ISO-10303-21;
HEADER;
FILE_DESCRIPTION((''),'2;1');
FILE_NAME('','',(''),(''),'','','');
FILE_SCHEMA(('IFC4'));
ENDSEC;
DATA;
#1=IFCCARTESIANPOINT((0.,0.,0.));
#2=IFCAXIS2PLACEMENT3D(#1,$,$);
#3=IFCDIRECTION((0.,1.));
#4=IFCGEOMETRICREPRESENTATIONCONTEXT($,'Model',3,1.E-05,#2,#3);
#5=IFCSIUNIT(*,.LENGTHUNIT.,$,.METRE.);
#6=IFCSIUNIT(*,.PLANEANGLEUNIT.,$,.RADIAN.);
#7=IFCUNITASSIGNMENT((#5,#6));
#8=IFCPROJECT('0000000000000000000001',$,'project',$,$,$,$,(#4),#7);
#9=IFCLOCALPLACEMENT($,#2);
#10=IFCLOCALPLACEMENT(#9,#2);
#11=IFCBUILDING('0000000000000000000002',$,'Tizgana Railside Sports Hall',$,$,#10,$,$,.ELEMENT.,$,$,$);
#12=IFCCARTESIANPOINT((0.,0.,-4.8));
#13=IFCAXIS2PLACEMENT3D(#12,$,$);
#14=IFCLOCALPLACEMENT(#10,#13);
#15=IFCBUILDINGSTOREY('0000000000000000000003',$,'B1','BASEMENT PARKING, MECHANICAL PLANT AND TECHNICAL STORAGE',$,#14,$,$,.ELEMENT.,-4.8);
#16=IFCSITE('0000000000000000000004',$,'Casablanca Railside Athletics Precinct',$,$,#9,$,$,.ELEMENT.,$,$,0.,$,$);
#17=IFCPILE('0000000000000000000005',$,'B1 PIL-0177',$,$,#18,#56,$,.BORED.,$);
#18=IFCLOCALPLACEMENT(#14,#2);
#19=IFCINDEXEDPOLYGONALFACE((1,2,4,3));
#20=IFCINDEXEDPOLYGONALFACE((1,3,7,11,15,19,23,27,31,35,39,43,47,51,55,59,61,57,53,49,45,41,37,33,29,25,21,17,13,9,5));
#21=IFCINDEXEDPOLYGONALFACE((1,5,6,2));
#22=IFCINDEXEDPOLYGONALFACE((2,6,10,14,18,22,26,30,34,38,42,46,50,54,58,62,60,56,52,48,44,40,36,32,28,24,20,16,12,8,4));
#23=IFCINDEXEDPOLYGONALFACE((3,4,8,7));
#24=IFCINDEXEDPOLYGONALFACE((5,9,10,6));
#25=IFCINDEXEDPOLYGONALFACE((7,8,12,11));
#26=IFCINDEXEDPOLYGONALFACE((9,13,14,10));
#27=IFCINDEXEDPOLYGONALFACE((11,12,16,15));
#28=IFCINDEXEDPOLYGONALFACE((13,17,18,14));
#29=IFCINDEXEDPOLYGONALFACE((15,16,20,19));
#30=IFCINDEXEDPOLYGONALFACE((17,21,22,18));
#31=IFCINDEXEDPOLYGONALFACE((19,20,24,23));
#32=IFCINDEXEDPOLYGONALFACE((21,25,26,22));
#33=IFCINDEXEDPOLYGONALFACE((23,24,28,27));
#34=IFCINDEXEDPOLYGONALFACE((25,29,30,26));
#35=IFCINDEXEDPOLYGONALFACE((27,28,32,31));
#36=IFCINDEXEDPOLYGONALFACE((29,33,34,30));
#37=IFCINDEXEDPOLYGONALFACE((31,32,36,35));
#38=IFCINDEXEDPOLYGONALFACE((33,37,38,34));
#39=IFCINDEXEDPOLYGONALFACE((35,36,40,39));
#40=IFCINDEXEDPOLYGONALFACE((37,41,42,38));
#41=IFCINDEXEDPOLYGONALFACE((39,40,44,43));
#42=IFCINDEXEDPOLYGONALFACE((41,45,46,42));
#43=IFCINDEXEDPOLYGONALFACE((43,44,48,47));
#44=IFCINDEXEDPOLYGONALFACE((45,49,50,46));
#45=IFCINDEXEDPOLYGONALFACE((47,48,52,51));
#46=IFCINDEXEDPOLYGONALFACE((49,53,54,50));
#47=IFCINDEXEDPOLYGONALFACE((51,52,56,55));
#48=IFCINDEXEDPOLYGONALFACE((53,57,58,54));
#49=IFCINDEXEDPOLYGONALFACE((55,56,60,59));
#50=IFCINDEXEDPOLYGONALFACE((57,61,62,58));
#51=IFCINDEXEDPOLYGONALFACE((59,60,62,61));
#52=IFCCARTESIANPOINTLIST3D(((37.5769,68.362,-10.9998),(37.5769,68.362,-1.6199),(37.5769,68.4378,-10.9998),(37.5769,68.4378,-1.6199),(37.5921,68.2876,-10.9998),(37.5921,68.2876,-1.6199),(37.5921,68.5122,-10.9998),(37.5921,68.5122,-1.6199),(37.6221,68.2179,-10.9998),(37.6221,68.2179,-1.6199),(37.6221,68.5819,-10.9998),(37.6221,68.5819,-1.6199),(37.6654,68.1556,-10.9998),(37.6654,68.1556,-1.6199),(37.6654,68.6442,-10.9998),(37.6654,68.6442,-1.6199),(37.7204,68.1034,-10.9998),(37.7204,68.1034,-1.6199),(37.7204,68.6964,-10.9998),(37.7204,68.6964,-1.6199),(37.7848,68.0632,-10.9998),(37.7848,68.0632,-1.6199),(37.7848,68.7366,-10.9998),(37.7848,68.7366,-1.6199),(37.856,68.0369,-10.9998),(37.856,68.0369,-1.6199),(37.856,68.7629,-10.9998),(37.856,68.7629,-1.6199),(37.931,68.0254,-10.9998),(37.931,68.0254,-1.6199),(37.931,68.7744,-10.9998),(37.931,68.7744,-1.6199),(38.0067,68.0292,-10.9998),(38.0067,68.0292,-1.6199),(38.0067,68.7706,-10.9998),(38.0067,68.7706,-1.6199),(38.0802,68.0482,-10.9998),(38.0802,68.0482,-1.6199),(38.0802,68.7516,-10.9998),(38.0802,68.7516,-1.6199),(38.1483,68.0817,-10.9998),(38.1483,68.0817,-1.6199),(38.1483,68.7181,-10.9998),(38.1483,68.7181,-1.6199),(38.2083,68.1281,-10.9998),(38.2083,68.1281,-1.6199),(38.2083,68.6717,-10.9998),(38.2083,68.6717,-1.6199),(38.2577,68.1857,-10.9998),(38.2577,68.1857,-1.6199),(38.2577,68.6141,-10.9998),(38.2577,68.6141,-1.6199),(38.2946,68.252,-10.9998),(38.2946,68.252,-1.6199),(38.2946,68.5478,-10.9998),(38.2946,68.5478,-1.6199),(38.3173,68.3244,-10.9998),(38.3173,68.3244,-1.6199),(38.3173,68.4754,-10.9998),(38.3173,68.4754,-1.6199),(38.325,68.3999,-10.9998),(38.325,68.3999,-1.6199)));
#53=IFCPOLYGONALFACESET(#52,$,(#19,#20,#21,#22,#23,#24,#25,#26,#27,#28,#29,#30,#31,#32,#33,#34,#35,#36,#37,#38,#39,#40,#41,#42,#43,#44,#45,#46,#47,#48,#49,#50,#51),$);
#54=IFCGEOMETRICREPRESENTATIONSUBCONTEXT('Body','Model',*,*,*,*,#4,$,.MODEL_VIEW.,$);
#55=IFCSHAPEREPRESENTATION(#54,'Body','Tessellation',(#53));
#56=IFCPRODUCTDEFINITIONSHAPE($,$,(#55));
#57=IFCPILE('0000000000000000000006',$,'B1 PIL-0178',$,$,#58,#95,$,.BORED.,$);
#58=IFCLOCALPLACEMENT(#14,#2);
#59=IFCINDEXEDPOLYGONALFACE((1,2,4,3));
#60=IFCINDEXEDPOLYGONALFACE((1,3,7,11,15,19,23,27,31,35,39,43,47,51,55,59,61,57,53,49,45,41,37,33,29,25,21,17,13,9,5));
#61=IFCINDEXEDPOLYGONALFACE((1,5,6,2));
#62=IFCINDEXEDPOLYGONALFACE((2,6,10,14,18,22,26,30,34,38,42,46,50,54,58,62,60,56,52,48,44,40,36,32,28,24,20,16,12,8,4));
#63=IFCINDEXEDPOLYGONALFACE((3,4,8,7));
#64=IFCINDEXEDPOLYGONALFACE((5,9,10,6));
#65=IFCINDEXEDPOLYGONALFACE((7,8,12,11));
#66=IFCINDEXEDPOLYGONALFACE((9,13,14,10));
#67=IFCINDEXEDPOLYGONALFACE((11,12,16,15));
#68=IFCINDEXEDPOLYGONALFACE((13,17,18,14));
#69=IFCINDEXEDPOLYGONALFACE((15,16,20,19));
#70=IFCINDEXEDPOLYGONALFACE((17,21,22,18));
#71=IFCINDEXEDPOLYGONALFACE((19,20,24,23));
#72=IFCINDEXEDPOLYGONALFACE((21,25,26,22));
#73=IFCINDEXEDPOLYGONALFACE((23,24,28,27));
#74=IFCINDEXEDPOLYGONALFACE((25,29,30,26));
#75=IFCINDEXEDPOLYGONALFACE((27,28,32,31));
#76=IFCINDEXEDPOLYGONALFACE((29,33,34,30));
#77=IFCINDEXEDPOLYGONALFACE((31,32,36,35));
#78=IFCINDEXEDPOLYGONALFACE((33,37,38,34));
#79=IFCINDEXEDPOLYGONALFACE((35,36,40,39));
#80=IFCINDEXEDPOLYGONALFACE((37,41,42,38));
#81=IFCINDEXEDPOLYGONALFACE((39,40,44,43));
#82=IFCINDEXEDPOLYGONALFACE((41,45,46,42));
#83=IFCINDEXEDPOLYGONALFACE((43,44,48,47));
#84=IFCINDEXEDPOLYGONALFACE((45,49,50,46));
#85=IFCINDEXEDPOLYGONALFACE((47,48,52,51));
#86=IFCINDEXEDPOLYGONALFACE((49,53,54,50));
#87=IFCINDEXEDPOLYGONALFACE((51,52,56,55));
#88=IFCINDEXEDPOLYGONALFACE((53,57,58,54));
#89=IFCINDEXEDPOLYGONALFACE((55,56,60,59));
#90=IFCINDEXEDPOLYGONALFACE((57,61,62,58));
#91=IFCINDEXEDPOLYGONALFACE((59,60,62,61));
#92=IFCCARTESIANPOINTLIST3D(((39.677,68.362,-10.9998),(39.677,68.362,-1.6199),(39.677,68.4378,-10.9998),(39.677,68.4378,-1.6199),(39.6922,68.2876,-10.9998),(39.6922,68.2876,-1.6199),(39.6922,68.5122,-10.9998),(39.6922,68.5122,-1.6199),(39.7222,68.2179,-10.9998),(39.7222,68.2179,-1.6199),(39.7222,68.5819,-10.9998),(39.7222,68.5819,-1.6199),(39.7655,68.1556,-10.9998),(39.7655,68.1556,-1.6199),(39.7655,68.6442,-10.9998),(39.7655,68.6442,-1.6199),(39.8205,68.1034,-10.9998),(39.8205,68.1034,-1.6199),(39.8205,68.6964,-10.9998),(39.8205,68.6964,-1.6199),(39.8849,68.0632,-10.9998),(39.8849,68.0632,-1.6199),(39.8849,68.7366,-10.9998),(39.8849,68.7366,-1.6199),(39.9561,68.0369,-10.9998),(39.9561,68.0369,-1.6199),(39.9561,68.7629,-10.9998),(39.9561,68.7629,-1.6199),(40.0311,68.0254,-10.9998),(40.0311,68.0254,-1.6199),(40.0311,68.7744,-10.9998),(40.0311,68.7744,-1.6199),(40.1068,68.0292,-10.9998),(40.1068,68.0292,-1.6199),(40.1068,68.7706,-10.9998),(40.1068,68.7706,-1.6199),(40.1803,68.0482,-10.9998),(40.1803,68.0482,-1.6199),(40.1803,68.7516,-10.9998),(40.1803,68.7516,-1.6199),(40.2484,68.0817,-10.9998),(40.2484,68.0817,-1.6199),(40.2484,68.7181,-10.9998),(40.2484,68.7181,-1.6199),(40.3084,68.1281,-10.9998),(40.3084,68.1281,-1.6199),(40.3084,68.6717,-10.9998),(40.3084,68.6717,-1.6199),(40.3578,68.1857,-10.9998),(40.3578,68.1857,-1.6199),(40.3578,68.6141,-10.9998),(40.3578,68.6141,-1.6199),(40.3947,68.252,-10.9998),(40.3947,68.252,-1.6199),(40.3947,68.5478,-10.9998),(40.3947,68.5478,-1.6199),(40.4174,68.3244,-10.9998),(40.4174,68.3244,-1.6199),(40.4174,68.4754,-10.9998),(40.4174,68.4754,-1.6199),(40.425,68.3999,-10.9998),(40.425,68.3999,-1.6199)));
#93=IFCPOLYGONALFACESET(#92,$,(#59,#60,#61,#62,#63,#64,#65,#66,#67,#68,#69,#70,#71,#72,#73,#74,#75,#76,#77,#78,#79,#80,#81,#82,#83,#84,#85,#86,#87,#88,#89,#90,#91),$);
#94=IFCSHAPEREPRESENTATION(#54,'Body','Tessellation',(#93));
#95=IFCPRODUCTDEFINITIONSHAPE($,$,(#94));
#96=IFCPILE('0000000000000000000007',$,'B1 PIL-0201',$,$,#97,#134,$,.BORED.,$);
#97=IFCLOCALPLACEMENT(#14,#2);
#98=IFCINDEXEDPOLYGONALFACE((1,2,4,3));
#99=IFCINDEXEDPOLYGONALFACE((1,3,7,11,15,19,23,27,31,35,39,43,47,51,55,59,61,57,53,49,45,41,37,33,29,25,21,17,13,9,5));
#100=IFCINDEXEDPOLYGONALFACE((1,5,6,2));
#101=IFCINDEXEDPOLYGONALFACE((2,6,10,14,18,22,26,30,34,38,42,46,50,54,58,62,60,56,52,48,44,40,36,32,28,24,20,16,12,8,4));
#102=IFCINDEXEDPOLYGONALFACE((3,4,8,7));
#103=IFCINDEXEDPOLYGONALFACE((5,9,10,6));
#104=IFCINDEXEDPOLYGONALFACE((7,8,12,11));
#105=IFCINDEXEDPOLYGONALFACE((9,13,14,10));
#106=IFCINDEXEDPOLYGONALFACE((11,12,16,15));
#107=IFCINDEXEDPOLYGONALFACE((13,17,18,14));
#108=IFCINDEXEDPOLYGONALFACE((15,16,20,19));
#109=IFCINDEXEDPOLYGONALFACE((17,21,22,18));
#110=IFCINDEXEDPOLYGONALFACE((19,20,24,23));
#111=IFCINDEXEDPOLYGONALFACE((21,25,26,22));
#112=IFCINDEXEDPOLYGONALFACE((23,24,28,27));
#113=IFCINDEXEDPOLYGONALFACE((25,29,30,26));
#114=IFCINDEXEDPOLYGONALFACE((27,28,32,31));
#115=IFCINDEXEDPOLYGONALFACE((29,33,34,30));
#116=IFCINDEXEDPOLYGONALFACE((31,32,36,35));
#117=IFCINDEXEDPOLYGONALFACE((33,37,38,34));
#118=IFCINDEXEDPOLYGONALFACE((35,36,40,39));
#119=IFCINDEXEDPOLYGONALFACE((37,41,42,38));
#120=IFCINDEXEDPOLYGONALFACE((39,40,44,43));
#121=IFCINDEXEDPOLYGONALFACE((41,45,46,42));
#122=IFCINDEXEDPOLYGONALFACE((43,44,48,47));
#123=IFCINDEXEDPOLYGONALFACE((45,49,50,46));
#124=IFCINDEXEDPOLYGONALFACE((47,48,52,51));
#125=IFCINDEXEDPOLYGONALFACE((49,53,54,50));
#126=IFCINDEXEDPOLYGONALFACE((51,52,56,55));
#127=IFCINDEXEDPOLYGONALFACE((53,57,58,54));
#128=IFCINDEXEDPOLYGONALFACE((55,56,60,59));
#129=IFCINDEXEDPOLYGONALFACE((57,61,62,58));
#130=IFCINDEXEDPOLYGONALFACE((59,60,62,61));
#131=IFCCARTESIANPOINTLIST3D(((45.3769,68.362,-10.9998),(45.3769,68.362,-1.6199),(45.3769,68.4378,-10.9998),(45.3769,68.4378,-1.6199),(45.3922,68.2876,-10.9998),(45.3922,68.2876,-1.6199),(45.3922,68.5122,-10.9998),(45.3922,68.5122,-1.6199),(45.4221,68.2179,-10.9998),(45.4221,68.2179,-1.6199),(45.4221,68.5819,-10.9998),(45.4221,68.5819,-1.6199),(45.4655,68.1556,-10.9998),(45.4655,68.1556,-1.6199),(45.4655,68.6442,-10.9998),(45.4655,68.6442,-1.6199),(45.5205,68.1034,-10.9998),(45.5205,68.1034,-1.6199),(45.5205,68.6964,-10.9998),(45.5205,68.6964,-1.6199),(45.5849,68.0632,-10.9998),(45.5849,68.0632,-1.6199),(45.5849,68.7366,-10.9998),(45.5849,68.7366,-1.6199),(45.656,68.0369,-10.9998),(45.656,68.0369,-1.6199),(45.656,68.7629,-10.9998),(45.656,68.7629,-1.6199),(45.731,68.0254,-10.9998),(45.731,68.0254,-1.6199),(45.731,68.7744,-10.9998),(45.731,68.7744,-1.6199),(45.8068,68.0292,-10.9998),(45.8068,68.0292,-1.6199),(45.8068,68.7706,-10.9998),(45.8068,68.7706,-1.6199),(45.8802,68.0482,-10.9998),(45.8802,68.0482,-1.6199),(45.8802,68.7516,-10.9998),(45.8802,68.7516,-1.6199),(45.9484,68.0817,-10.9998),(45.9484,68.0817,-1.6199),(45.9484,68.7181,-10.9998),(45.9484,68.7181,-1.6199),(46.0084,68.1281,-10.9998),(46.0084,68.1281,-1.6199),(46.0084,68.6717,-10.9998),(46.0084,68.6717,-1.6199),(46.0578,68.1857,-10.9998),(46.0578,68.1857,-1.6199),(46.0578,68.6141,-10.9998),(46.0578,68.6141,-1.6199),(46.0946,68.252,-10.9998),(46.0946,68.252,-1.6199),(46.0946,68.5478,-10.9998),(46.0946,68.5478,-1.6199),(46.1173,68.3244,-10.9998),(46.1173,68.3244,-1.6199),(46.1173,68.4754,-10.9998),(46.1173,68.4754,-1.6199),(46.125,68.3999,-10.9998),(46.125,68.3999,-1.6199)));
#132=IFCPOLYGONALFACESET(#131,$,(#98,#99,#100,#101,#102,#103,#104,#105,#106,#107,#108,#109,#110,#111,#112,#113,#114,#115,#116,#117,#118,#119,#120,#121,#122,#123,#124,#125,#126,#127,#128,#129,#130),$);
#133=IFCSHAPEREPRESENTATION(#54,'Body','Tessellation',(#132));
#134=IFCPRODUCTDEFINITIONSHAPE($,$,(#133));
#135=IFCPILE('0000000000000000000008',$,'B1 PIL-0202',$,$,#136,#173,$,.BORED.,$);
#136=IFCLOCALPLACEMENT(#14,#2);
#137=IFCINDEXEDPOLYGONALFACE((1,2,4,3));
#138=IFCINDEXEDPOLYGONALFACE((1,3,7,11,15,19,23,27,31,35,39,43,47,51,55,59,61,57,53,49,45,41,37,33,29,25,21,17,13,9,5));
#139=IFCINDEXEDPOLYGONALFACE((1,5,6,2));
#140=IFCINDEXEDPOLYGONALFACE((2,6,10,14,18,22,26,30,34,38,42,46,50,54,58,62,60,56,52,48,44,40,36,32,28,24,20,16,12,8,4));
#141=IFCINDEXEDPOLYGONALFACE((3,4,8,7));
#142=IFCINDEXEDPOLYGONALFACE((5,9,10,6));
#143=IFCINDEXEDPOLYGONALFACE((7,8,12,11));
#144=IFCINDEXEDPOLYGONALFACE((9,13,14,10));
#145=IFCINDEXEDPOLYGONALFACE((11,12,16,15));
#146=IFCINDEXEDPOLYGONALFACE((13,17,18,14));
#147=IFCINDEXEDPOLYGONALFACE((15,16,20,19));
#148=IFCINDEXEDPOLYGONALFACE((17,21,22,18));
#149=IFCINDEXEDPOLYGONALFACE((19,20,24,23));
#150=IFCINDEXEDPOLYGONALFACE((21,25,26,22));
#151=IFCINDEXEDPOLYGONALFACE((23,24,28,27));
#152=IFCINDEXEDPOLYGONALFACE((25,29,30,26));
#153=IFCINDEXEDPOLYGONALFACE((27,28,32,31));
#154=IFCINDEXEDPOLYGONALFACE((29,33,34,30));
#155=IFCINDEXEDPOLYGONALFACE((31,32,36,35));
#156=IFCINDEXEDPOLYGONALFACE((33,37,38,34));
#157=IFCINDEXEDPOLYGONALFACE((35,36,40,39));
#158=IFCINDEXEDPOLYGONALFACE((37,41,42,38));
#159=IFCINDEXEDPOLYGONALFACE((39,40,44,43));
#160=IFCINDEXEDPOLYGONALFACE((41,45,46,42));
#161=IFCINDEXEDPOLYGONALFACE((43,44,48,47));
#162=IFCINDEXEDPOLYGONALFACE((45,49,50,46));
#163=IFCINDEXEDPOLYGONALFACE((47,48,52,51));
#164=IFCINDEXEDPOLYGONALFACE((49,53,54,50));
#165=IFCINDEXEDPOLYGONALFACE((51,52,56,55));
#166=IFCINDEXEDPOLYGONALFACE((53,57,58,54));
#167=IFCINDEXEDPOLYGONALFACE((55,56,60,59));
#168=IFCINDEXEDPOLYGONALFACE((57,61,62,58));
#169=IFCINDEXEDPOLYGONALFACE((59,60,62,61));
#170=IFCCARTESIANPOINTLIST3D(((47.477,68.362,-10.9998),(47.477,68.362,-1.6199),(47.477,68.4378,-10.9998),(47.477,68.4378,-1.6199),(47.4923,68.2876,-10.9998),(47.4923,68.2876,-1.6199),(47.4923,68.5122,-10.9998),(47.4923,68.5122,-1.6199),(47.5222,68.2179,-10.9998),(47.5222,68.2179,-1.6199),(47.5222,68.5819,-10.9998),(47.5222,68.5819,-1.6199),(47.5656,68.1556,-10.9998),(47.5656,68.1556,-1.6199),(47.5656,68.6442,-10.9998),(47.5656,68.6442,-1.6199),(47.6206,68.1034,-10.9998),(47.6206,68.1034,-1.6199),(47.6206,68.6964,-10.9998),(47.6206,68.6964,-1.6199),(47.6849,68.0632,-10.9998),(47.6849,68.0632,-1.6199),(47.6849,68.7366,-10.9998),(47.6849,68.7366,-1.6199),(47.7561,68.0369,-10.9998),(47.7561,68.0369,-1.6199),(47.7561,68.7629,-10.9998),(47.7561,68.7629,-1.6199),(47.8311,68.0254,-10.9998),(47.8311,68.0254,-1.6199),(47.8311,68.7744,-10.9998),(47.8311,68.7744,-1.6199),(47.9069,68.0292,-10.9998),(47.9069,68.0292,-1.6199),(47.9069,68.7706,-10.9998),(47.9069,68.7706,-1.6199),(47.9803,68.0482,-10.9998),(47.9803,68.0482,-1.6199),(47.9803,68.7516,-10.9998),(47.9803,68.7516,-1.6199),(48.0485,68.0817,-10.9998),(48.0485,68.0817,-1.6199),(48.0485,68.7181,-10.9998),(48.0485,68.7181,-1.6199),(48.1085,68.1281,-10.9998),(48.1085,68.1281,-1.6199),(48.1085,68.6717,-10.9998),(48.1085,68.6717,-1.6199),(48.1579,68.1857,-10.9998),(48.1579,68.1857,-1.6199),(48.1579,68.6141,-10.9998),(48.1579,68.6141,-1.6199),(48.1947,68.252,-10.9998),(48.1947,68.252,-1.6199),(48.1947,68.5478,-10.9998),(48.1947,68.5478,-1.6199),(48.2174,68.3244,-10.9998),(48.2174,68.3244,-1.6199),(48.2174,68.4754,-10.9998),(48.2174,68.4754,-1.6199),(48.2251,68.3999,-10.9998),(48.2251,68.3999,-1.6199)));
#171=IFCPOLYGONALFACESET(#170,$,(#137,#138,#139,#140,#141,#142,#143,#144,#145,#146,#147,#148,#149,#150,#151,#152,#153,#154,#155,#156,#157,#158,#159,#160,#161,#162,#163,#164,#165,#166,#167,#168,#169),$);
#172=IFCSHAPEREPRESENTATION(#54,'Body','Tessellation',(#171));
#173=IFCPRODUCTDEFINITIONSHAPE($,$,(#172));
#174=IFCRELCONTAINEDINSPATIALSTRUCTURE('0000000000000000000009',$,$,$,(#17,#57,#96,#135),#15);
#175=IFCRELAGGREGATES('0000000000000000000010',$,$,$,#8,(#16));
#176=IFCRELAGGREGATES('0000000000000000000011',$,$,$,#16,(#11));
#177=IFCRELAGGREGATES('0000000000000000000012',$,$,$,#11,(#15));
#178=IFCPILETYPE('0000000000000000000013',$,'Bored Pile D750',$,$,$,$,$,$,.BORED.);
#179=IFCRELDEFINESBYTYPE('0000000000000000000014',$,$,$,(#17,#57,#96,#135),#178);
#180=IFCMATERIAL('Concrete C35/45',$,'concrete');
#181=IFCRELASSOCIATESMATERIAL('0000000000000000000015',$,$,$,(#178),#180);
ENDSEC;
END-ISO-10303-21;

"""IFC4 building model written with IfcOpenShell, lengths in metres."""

from ifc_helpers import new_model, si_unit, direction, frame, origin, origin_2d, place, context, subcontext, project, spatial, circle, extrude, material, material_profile, profile_set, type_object, element, save


model = new_model("IFC4")

# Units and contexts
model_context = context("Model", 3, precision=1e-05, world=origin(), true_north=direction((0.0, 1.0)))
body_context = subcontext(model_context, "Body", "Model", "MODEL_VIEW")
ifc_project = project(units=[si_unit("LENGTHUNIT", "METRE"), si_unit("PLANEANGLEUNIT", "RADIAN")], contexts=[model_context])

# Site, building, storey
site_placement = place(None, origin())
site = spatial("IfcSite", under=ifc_project, at=site_placement, Name="Casablanca Railside Athletics Precinct", CompositionType="ELEMENT", RefElevation=0.0)
building_placement = place(site_placement, origin())
building = spatial("IfcBuilding", under=site, at=building_placement, Name="Tizgana Railside Sports Hall", CompositionType="ELEMENT")
storey_placement = place(building_placement, frame((0.0, 0.0, -4.8)))
storey = spatial("IfcBuildingStorey", under=building, at=storey_placement, Name="B1", Description="BASEMENT PARKING, MECHANICAL PLANT AND TECHNICAL STORAGE", CompositionType="ELEMENT", Elevation=-4.8)

# Piles
ifc_material_1 = material(Name="Concrete C35/45", Category="concrete")
ifc_material_profile_1 = material_profile(ifc_material_1, circle(Radius=0.375, at=origin_2d()), Name="PILE D750")
ifc_profile_set_1 = profile_set([ifc_material_profile_1], Name="Concrete C35/45")
pile_type_1 = type_object("IfcPileType", Name="Bored Pile D750", PredefinedType="BORED", material=ifc_profile_set_1)
for number, where, z_axis, x_axis, name in (
    (1, (37.95, 68.3999, -1.6199), (0.0, 0.0, -1.0), (1.0, 0.0, 0.0), "B1 PIL-0177"),
    (2, (40.05, 68.3999, -1.6199), (0.0, 0.0, -1.0), (1.0, 0.0, 0.0), "B1 PIL-0178"),
    (3, (45.75, 68.3999, -1.6199), (0.0, 0.0, -1.0), (1.0, 0.0, 0.0), "B1 PIL-0201"),
    (4, (47.8501, 68.3999, -1.6199), (0.0, 0.0, -1.0), (1.0, 0.0, 0.0), "B1 PIL-0202"),
):
    element("IfcPile", number, at=place(storey_placement, frame(where, z_axis=z_axis, x_axis=x_axis)), inside=storey, type_object=pile_type_1, Name=name, PredefinedType="BORED", context=body_context, shape_type="SweptSolid", body=[
        extrude(circle(Radius=0.375, at=origin_2d()), origin(), (0.0, 0.0, 1.0), 9.3799),
    ])

save(model, "model.ifc")
